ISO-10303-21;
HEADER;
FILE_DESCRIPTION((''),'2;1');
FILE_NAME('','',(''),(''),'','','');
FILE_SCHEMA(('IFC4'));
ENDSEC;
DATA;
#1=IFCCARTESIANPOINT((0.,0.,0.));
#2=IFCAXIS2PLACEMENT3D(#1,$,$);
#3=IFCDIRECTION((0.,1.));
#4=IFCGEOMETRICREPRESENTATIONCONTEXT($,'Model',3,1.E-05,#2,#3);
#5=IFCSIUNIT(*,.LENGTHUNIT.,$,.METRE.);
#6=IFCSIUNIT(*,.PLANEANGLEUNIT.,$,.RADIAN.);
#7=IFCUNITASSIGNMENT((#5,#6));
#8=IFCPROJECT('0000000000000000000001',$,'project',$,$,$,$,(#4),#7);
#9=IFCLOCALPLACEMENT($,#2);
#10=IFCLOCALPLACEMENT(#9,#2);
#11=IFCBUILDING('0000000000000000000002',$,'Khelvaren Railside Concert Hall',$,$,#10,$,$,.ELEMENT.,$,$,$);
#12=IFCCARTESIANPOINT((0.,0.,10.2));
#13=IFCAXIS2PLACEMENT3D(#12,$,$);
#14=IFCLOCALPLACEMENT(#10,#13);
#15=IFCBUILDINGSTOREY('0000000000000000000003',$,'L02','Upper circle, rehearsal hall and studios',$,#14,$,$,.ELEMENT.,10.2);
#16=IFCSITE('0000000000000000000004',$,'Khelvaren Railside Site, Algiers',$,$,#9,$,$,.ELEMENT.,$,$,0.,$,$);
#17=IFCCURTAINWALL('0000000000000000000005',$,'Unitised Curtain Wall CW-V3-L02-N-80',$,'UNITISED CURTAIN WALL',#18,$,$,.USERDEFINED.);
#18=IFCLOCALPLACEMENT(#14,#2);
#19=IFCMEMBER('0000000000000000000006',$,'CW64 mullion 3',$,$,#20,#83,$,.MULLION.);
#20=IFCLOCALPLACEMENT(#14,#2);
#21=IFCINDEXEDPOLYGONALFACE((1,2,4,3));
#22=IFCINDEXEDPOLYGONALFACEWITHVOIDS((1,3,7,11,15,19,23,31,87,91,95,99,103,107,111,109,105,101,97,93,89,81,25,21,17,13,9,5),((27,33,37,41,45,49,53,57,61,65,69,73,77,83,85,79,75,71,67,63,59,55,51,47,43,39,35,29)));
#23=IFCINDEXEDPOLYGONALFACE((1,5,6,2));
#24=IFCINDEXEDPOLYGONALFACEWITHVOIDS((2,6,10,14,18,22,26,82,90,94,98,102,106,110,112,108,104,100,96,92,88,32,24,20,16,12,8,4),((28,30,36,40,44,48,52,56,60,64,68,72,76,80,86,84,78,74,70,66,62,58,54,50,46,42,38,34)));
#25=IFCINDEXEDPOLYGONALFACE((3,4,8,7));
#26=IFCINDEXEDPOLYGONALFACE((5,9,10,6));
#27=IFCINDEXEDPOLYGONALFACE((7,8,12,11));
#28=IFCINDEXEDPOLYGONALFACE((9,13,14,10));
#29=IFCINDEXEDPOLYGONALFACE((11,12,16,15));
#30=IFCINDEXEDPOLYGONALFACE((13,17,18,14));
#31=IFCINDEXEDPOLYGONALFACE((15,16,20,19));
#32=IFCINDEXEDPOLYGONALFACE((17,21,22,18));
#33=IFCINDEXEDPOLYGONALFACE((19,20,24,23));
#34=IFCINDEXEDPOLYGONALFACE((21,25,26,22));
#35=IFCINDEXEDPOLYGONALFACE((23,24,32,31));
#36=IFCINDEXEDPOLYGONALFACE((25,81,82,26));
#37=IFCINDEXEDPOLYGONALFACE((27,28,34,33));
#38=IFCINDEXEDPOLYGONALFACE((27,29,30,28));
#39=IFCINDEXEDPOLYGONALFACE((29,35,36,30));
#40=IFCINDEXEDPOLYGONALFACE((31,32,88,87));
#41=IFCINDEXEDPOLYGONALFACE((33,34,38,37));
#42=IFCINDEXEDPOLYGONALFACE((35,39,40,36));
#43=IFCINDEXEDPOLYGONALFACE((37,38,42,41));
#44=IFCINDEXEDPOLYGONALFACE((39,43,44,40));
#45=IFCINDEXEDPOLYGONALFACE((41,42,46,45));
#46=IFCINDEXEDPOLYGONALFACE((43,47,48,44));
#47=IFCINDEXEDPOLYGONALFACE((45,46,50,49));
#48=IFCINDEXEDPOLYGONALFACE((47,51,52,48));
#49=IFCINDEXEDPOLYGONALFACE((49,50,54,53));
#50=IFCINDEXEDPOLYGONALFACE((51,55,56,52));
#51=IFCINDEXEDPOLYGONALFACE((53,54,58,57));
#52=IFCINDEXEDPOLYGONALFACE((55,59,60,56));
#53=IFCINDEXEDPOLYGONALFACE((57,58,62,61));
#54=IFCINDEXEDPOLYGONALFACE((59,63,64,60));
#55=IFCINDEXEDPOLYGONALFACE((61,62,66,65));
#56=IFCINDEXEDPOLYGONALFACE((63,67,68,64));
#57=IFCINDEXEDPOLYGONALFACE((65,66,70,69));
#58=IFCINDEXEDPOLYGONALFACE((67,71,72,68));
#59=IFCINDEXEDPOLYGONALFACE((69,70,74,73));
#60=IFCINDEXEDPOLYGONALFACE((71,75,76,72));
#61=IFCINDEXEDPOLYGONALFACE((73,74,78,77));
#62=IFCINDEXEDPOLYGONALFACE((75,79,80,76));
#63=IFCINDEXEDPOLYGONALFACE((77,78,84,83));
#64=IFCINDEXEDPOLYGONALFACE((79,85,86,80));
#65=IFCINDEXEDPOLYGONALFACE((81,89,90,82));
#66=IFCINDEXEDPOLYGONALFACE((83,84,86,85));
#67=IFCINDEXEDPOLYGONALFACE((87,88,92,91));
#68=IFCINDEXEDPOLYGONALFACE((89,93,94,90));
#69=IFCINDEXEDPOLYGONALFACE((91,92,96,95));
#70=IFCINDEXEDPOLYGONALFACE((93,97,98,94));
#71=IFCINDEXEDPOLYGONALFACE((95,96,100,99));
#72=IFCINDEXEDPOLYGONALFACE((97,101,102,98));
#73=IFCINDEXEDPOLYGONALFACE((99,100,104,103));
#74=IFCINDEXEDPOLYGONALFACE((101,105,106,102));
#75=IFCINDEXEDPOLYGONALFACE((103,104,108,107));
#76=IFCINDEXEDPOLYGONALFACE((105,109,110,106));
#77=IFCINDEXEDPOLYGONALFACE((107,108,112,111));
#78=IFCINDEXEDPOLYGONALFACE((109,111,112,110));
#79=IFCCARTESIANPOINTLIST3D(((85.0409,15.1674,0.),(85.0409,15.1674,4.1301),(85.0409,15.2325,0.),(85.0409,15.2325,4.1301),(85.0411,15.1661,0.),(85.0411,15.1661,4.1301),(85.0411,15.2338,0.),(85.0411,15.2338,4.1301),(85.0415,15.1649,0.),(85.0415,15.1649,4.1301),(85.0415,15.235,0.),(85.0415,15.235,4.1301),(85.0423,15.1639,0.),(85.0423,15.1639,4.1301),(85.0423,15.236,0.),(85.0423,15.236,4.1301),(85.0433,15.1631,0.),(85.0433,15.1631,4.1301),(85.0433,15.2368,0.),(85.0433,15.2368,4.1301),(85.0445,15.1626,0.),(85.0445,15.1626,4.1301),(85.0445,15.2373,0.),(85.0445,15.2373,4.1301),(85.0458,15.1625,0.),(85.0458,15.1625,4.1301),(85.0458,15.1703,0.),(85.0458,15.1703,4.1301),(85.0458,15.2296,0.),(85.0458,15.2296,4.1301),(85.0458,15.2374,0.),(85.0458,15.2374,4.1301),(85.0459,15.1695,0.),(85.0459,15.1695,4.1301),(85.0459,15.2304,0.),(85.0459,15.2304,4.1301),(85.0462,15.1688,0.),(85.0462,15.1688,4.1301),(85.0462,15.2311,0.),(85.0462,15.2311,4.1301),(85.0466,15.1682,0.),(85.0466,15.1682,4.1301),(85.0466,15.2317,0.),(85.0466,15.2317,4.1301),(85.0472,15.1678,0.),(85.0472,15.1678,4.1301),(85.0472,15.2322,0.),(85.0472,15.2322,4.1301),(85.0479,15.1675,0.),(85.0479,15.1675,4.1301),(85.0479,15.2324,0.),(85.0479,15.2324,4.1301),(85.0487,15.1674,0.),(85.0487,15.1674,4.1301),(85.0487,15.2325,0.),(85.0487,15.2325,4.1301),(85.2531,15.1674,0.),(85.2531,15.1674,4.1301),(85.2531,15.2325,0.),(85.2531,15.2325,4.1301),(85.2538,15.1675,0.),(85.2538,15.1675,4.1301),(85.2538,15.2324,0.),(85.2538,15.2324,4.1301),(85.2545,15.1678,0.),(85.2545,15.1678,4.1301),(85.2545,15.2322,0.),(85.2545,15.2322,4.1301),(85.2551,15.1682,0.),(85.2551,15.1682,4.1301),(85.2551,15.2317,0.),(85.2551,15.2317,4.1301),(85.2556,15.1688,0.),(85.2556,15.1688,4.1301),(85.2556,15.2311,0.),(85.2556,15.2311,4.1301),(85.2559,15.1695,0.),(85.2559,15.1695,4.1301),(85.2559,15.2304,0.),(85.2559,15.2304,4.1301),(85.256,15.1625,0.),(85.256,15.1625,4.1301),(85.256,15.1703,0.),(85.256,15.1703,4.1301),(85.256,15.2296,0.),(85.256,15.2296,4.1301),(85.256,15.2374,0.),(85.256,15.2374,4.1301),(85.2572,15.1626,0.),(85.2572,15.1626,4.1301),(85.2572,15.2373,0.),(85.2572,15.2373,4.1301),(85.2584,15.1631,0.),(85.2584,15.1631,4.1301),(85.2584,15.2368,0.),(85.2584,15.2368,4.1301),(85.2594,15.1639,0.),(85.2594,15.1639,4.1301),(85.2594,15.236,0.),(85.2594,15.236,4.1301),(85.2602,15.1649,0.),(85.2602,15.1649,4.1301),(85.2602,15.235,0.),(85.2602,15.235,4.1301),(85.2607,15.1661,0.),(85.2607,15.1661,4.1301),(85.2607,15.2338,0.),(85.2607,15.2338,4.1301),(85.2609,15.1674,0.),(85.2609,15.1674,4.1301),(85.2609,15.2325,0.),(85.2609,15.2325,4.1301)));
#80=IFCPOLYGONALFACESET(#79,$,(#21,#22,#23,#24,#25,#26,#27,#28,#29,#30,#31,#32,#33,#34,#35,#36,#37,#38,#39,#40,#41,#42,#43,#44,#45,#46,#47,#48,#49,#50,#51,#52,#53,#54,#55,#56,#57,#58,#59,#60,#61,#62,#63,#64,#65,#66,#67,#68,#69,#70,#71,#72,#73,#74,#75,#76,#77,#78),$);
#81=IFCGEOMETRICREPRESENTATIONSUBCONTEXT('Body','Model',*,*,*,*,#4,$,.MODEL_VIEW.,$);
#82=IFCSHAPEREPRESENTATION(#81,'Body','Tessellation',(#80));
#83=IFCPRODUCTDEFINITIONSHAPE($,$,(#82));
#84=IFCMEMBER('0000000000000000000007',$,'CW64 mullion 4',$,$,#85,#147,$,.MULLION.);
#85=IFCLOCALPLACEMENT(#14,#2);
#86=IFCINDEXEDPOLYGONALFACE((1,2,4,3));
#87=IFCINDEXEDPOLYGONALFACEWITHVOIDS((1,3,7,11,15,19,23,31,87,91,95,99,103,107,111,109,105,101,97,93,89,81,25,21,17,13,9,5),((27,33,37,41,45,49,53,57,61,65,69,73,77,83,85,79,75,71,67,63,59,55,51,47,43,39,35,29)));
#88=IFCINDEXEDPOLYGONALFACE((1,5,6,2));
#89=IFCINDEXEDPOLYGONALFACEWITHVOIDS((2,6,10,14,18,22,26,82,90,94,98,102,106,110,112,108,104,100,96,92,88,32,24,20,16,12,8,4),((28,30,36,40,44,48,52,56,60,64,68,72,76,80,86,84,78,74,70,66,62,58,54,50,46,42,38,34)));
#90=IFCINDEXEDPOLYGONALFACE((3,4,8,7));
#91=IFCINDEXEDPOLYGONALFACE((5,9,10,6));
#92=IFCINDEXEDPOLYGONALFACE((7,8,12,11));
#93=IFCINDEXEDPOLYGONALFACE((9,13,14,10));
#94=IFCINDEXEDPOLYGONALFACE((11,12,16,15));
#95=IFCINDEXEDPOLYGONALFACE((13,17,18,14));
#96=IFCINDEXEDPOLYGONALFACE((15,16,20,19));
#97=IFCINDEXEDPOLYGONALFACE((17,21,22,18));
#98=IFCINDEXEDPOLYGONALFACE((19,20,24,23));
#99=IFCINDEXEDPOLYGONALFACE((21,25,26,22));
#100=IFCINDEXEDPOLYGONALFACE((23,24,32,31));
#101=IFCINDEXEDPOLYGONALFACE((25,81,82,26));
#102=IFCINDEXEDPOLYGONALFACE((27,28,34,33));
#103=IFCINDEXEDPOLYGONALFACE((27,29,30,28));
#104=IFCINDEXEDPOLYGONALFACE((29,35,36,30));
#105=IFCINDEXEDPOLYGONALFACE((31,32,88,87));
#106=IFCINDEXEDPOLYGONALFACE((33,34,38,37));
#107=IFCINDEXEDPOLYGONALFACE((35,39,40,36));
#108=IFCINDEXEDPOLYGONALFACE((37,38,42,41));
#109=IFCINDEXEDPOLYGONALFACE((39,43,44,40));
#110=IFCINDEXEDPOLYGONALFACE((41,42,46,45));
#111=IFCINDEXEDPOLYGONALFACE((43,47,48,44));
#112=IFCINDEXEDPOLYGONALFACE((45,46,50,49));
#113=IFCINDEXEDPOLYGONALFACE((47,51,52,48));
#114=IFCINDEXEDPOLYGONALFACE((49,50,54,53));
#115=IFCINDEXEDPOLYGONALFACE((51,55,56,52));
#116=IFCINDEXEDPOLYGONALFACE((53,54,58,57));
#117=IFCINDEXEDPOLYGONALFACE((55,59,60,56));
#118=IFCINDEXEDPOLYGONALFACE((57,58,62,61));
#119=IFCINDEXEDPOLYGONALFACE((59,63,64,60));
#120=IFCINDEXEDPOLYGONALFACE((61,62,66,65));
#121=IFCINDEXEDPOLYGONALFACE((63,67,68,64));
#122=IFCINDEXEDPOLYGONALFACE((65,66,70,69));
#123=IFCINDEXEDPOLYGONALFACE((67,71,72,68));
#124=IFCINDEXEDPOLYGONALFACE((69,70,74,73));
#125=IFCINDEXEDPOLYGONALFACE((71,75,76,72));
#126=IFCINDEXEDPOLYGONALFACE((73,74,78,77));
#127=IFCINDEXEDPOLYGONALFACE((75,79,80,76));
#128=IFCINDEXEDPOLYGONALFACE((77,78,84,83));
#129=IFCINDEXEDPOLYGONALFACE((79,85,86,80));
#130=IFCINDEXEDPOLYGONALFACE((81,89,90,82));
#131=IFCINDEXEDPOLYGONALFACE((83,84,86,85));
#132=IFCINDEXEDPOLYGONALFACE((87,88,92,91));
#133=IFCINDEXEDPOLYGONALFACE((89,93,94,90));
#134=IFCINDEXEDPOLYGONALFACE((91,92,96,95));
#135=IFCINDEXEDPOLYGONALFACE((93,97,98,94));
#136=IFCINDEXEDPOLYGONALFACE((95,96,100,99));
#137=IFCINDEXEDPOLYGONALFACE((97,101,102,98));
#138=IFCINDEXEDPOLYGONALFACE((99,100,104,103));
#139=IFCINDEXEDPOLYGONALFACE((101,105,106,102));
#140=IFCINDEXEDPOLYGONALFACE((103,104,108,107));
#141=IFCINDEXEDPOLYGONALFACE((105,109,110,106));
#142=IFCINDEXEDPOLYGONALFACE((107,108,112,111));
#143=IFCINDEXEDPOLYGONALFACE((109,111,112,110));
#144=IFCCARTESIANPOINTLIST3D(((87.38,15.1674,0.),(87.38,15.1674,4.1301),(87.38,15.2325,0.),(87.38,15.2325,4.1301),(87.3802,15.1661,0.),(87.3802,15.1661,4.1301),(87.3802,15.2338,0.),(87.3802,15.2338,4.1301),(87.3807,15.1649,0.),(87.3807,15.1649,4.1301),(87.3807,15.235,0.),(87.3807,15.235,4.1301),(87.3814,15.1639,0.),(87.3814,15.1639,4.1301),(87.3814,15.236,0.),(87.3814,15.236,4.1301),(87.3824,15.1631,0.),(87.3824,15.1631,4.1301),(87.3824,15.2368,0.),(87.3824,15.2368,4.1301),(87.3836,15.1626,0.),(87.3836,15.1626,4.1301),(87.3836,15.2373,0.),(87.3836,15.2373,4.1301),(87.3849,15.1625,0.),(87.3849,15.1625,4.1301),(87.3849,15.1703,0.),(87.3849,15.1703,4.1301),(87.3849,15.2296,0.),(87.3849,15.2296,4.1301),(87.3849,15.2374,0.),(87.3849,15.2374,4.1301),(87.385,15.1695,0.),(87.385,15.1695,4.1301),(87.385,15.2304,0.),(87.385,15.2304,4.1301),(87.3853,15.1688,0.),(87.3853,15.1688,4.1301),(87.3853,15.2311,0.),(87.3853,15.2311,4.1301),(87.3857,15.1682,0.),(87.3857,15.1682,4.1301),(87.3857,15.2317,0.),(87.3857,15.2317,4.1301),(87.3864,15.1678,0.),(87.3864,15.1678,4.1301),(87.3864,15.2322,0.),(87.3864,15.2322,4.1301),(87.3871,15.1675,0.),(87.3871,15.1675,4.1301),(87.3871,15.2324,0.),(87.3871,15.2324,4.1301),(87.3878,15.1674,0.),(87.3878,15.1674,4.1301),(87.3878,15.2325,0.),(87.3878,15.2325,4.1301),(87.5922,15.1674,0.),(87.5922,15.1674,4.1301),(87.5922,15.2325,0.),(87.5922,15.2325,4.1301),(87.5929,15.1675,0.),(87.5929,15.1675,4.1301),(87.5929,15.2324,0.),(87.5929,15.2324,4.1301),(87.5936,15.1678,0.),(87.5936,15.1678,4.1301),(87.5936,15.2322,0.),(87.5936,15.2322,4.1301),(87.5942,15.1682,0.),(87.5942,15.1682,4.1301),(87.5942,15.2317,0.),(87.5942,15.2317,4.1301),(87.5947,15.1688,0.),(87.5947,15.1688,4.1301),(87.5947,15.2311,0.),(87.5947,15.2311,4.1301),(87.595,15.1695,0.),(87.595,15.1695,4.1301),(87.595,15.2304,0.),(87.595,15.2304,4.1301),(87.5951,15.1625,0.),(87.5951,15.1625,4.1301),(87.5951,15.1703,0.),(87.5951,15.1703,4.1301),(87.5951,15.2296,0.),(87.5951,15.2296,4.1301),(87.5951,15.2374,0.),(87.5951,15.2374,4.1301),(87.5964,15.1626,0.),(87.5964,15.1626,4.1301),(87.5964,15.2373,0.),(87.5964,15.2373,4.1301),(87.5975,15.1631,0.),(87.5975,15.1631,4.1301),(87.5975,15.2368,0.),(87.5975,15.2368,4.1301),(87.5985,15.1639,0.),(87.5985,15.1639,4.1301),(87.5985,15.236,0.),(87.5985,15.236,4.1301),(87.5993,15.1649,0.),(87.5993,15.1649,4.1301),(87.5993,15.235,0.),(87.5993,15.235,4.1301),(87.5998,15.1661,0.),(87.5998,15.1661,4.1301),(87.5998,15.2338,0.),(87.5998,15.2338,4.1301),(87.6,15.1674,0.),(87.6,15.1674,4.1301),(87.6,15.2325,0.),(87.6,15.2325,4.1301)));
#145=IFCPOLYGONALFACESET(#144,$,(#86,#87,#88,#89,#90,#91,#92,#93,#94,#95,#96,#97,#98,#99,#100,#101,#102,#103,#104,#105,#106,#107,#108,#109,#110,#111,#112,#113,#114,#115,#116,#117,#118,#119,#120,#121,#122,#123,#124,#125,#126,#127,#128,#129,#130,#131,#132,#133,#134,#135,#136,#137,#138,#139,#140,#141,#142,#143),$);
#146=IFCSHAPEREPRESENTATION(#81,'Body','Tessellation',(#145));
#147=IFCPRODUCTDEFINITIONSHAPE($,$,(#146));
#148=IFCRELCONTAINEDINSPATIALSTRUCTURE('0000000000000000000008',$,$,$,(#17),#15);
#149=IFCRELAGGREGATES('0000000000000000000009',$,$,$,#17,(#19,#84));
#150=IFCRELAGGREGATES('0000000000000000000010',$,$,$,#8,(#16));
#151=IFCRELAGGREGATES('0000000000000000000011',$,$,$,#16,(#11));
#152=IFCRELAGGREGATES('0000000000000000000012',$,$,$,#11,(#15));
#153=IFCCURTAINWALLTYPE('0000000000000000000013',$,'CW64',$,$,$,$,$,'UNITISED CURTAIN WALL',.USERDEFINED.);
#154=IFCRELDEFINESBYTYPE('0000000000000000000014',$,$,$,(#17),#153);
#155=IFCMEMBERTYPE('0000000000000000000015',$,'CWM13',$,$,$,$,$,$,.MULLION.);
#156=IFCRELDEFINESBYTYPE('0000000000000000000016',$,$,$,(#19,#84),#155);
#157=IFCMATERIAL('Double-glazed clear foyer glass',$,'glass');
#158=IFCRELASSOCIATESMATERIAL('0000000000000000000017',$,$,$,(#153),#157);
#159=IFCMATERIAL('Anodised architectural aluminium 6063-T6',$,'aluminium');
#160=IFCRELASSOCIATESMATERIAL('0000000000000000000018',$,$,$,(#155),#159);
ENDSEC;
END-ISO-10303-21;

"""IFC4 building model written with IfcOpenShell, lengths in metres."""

from ifc_helpers import new_model, si_unit, direction, frame, origin, origin_2d, place, context, subcontext, project, spatial, hollow_rectangle, extrude, material, material_profile, profile_set, type_object, element, aggregate, save


model = new_model("IFC4")

# Units and contexts
model_context = context("Model", 3, precision=1e-05, world=origin(), true_north=direction((0.0, 1.0)))
body_context = subcontext(model_context, "Body", "Model", "MODEL_VIEW")
ifc_project = project(units=[si_unit("LENGTHUNIT", "METRE"), si_unit("PLANEANGLEUNIT", "RADIAN")], contexts=[model_context])

# Site, building, storey
site_placement = place(None, origin())
site = spatial("IfcSite", under=ifc_project, at=site_placement, Name="Khelvaren Railside Site, Algiers", CompositionType="ELEMENT", RefElevation=0.0)
building_placement = place(site_placement, origin())
building = spatial("IfcBuilding", under=site, at=building_placement, Name="Khelvaren Railside Concert Hall", CompositionType="ELEMENT")
storey_placement = place(building_placement, frame((0.0, 0.0, 10.2)))
storey = spatial("IfcBuildingStorey", under=building, at=storey_placement, Name="L02", Description="Upper circle, rehearsal hall and studios", CompositionType="ELEMENT", Elevation=10.2)

# Curtain wall, members
ifc_material_1 = material(Name="Double-glazed clear foyer glass", Category="glass")
curtain_wall_type = type_object("IfcCurtainWallType", Name="CW64", ElementType="UNITISED CURTAIN WALL", PredefinedType="USERDEFINED", material=ifc_material_1)
curtain_wall_placement = place(storey_placement, origin())
curtain_wall = element("IfcCurtainWall", 1, at=curtain_wall_placement, inside=storey, type_object=curtain_wall_type, Name="Unitised Curtain Wall CW-V3-L02-N-80", ObjectType="UNITISED CURTAIN WALL", PredefinedType="USERDEFINED")
ifc_material_2 = material(Name="Anodised architectural aluminium 6063-T6", Category="aluminium")
ifc_material_profile_1 = material_profile(ifc_material_2, hollow_rectangle(XDim=0.075, YDim=0.22, WallThickness=0.0049, InnerFilletRadius=0.0029, OuterFilletRadius=0.0049, at=origin_2d()), Name="CWM 75x220x5")
ifc_profile_set_1 = profile_set([ifc_material_profile_1], Name="Anodised architectural aluminium 6063-T6")
member_type_1 = type_object("IfcMemberType", Name="CWM13", PredefinedType="MULLION", material=ifc_profile_set_1)
member_1_placement = place(storey_placement, frame((85.1509, 15.2, 0.0), z_axis=(0.0, 0.0, 1.0), x_axis=(0.0, 1.0, 0.0)))
member_1 = element("IfcMember", 2, at=member_1_placement, type_object=member_type_1, Name="CW64 mullion 3", PredefinedType="MULLION", context=body_context, shape_type="SweptSolid", body=[
    extrude(hollow_rectangle(XDim=0.075, YDim=0.22, WallThickness=0.0049, InnerFilletRadius=0.0029, OuterFilletRadius=0.0049, at=origin_2d()), origin(), (0.0, 0.0, 1.0), 4.1301),
])
member_2_placement = place(storey_placement, frame((87.49, 15.2, 0.0), z_axis=(0.0, 0.0, 1.0), x_axis=(0.0, 1.0, 0.0)))
member_2 = element("IfcMember", 3, at=member_2_placement, type_object=member_type_1, Name="CW64 mullion 4", PredefinedType="MULLION", context=body_context, shape_type="SweptSolid", body=[
    extrude(hollow_rectangle(XDim=0.075, YDim=0.22, WallThickness=0.0049, InnerFilletRadius=0.0029, OuterFilletRadius=0.0049, at=origin_2d()), origin(), (0.0, 0.0, 1.0), 4.1301),
])
aggregate(curtain_wall, [member_1, member_2])

save(model, "model.ifc")
